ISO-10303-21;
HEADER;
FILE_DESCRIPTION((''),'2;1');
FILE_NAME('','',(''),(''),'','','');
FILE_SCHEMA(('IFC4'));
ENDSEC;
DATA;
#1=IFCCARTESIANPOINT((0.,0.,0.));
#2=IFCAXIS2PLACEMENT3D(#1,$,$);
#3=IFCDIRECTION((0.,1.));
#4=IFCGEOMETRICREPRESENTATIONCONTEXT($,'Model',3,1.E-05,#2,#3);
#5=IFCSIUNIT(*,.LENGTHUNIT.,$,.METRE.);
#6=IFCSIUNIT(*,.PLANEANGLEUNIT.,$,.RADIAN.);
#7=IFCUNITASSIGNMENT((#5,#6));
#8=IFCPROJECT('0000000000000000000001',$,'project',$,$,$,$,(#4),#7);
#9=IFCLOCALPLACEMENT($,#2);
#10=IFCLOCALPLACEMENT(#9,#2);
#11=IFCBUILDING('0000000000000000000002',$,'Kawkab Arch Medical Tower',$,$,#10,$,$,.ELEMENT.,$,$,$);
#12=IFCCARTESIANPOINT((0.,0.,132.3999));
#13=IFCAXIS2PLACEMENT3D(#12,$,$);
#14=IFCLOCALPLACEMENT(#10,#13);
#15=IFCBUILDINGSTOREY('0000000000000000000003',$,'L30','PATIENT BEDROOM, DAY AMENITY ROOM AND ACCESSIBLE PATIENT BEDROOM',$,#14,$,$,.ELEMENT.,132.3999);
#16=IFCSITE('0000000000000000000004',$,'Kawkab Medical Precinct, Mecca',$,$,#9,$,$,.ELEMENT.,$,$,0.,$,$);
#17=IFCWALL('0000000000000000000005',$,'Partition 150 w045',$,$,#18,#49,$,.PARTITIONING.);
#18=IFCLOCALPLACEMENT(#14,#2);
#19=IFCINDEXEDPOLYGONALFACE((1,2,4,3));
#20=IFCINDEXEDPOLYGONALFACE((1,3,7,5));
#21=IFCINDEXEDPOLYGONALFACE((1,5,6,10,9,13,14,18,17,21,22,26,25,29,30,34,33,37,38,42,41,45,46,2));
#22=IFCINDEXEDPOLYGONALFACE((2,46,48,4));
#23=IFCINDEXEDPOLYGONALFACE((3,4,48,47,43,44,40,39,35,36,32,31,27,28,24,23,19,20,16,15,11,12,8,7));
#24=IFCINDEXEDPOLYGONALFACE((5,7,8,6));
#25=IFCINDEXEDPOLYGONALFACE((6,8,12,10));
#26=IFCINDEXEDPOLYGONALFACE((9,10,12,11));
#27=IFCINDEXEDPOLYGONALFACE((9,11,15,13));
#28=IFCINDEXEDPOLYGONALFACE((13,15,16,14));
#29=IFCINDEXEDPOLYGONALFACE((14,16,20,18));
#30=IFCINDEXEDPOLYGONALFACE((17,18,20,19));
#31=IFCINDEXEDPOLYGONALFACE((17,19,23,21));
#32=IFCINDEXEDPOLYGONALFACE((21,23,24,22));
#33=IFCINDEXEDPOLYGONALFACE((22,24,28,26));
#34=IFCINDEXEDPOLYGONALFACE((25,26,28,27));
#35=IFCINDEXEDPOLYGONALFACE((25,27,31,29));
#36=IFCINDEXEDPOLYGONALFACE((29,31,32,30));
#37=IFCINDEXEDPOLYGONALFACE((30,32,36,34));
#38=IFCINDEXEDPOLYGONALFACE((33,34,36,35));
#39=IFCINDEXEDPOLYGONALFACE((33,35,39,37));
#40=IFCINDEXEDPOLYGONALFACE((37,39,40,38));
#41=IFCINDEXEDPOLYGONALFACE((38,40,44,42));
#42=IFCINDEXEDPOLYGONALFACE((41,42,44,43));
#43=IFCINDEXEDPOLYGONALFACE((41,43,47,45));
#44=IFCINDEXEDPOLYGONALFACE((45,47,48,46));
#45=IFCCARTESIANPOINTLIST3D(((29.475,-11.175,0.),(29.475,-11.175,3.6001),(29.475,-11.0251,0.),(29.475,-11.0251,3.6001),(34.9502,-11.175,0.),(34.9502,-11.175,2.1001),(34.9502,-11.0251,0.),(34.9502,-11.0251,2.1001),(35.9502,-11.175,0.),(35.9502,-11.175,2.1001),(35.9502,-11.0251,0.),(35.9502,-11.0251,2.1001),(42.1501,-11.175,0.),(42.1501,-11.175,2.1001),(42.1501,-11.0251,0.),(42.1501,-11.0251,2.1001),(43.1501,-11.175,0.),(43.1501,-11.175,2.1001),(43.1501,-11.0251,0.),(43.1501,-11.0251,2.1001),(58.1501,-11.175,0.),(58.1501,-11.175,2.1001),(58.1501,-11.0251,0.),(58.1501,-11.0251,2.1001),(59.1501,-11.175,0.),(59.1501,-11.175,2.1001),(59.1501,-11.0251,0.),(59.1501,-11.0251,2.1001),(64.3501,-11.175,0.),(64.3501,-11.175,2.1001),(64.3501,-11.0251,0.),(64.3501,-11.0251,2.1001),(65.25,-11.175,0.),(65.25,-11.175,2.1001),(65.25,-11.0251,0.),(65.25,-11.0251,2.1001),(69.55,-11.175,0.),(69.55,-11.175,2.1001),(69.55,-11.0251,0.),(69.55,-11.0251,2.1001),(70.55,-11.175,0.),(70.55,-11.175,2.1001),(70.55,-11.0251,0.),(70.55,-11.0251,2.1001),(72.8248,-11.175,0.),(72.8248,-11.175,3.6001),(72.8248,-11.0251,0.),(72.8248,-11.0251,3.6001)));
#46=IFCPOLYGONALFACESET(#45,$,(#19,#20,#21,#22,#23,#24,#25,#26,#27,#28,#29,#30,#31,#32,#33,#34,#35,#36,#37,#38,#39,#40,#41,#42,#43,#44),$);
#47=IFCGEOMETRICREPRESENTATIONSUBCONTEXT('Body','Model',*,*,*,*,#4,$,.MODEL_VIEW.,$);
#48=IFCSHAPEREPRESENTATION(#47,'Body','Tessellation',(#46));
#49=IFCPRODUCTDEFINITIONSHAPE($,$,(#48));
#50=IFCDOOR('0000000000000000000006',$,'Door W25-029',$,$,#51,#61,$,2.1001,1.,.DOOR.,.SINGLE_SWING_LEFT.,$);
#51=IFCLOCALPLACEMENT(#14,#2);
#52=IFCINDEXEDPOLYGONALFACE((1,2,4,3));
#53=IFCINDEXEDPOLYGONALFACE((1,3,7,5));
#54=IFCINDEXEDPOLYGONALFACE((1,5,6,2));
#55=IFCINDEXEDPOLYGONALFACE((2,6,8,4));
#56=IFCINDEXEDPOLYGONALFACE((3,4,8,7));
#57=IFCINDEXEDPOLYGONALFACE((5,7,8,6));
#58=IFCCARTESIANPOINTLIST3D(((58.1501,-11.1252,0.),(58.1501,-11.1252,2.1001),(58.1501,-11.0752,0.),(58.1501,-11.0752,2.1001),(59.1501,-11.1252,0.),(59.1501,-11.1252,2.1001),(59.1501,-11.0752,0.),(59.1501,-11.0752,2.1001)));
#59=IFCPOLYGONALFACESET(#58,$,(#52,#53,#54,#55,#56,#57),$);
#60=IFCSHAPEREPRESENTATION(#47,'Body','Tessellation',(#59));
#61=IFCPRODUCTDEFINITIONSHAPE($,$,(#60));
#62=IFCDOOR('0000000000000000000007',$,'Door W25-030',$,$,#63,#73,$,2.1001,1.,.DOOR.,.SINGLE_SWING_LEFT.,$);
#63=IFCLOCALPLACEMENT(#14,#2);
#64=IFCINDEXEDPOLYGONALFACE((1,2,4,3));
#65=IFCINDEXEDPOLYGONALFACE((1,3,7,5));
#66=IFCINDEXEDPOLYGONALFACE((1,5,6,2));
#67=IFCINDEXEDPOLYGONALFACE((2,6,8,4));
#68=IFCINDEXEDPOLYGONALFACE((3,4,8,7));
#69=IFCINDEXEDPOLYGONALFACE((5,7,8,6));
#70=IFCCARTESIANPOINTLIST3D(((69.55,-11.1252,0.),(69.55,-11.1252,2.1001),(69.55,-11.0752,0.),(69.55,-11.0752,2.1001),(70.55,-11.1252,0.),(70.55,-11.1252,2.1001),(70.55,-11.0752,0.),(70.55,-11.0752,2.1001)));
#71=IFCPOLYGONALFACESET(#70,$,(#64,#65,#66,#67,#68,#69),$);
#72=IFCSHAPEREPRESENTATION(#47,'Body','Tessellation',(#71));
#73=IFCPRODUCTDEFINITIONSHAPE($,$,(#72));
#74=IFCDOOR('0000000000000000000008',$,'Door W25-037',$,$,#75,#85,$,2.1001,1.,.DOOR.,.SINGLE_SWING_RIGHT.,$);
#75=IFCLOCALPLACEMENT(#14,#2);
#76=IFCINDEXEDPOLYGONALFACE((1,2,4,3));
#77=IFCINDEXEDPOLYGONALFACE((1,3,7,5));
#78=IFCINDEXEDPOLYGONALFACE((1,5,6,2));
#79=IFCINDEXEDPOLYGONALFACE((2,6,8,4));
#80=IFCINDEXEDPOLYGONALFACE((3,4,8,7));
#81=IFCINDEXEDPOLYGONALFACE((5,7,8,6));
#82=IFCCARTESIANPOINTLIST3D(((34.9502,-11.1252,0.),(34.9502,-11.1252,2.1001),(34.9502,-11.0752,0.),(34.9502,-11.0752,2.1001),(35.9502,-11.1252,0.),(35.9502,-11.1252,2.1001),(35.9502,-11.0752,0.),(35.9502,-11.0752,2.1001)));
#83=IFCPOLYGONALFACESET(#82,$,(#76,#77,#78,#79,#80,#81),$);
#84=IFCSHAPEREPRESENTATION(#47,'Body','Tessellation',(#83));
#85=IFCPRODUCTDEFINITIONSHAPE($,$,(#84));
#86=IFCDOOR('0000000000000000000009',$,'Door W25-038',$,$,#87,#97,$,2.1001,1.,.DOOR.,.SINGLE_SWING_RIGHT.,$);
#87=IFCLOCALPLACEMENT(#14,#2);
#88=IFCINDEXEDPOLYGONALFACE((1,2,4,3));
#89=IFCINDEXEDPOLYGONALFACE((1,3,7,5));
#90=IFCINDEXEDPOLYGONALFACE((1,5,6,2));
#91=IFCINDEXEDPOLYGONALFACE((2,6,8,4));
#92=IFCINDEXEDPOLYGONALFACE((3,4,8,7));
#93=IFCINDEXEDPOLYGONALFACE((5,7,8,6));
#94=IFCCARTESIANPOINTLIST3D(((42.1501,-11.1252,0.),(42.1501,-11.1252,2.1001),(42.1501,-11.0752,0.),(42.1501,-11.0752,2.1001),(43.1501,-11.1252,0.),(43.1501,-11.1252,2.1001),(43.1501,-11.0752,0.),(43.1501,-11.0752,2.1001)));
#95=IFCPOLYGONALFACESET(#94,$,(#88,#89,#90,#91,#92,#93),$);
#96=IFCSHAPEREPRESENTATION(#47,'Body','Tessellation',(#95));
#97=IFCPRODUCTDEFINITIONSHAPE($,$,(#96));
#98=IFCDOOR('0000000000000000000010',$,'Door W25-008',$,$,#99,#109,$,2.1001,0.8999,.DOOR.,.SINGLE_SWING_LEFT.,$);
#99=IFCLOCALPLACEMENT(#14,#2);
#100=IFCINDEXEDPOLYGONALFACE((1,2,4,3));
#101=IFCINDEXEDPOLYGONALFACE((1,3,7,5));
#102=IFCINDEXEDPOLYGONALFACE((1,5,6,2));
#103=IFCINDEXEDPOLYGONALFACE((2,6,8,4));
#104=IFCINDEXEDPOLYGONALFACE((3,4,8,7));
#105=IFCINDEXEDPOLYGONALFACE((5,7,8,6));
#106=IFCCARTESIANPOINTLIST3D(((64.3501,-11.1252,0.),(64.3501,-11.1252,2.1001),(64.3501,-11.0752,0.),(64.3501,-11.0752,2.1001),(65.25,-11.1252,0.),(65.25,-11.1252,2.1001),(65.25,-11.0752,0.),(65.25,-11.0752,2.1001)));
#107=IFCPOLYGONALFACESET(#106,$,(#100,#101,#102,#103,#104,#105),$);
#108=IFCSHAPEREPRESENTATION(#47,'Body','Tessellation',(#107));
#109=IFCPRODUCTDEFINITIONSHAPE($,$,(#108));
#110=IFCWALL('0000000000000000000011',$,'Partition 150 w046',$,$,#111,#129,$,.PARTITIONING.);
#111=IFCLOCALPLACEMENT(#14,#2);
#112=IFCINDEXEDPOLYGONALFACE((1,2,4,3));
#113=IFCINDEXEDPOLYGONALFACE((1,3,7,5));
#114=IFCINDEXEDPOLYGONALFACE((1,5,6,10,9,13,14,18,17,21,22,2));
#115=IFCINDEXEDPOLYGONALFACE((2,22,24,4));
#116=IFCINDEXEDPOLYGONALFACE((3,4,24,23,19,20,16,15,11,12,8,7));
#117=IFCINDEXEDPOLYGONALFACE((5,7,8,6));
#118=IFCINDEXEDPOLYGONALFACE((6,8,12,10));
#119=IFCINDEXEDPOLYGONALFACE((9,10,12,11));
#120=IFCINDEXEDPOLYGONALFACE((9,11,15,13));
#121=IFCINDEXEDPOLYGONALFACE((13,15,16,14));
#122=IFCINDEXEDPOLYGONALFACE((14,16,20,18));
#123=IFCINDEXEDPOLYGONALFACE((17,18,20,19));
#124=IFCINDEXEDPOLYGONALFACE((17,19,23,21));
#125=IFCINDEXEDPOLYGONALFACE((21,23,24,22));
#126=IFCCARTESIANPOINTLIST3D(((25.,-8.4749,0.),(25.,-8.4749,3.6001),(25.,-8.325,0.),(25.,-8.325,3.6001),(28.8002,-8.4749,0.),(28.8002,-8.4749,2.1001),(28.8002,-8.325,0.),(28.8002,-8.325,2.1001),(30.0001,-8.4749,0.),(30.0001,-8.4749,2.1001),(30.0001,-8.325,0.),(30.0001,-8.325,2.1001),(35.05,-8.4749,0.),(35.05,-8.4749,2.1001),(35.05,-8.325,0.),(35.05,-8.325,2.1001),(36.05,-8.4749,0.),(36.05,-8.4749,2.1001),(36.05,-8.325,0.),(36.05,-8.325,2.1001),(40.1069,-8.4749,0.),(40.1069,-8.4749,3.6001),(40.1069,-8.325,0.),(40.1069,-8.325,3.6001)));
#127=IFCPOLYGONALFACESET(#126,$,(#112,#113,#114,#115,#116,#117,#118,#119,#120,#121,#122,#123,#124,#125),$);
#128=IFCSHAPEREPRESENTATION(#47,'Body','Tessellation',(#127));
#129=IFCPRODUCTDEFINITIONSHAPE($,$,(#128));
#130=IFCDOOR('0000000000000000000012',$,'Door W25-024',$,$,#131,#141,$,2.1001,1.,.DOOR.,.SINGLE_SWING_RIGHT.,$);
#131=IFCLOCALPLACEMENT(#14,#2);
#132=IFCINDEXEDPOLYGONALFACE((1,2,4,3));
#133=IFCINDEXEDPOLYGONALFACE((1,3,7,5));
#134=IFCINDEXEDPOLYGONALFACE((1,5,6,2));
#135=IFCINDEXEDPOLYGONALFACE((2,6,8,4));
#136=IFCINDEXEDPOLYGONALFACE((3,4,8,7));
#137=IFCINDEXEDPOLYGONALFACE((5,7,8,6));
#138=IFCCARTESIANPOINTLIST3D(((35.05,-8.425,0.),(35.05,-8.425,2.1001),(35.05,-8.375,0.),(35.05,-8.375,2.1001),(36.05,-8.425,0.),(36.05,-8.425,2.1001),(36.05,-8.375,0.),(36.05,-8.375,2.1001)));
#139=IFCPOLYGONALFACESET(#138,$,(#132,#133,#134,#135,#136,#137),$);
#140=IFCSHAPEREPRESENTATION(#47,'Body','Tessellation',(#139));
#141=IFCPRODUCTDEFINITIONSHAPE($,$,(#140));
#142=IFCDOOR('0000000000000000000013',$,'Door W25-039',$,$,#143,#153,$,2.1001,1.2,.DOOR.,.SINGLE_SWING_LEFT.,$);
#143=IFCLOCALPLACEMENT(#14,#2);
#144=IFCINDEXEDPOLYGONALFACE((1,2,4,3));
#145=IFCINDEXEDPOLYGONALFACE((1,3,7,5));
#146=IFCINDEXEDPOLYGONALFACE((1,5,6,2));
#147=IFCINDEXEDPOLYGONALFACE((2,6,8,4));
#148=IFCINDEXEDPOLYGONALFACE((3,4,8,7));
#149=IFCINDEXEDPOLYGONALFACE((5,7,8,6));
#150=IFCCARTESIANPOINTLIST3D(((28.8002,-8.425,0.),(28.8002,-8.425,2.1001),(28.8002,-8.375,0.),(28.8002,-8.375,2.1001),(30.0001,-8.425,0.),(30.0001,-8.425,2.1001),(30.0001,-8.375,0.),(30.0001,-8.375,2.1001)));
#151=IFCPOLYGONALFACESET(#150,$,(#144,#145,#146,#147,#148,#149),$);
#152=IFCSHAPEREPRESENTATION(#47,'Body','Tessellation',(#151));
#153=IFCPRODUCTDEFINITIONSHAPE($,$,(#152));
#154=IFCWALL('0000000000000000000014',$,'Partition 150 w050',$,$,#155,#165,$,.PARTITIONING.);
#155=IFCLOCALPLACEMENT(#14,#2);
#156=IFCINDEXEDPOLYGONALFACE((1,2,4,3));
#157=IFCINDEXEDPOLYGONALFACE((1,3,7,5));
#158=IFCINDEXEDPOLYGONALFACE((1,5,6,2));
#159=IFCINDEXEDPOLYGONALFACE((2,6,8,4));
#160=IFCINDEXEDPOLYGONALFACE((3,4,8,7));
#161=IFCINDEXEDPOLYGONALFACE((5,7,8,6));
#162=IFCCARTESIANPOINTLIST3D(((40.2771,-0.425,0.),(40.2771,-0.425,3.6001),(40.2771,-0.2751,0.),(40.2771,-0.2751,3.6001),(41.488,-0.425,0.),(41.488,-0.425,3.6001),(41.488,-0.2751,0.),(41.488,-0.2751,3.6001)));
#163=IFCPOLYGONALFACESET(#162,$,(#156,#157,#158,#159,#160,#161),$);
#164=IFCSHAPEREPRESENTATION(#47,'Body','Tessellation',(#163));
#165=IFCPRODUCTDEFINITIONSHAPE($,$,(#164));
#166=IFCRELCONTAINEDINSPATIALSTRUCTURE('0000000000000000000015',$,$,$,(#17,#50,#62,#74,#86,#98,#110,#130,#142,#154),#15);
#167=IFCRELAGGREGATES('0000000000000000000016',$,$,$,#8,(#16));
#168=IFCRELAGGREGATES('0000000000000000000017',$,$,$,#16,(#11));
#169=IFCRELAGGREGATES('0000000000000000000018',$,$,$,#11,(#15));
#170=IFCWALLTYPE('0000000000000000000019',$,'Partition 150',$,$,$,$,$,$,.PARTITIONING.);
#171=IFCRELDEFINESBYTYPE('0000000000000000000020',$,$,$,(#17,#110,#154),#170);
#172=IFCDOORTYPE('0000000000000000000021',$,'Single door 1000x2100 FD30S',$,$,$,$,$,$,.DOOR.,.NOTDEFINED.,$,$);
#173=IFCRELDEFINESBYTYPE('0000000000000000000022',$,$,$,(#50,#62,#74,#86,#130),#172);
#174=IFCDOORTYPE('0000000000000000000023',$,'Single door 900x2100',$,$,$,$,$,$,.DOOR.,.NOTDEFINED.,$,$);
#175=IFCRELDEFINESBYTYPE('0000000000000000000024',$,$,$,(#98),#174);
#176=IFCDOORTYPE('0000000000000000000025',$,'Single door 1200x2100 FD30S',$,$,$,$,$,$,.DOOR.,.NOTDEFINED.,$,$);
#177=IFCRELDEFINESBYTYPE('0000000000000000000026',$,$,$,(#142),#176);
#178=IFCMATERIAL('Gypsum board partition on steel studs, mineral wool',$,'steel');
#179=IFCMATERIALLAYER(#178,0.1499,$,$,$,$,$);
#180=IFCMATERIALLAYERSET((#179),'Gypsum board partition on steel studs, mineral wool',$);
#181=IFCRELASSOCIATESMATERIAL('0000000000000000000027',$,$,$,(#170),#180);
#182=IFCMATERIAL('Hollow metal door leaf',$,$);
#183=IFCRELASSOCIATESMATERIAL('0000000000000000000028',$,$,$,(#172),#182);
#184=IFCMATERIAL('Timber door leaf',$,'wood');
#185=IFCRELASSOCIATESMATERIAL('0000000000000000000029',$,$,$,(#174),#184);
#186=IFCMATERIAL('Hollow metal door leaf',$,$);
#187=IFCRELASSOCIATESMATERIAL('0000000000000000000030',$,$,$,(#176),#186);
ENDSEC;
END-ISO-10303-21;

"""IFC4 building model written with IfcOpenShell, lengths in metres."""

from ifc_helpers import new_model, si_unit, direction, frame, frame_2d, origin, place, context, subcontext, project, spatial, rectangle, extrude, material, layer, layer_set, type_object, element, fill, save


model = new_model("IFC4")

# Units and contexts
model_context = context("Model", 3, precision=1e-05, world=origin(), true_north=direction((0.0, 1.0)))
body_context = subcontext(model_context, "Body", "Model", "MODEL_VIEW")
ifc_project = project(units=[si_unit("LENGTHUNIT", "METRE"), si_unit("PLANEANGLEUNIT", "RADIAN")], contexts=[model_context])

# Site, building, storey
site_placement = place(None, origin())
site = spatial("IfcSite", under=ifc_project, at=site_placement, Name="Kawkab Medical Precinct, Mecca", CompositionType="ELEMENT", RefElevation=0.0)
building_placement = place(site_placement, origin())
building = spatial("IfcBuilding", under=site, at=building_placement, Name="Kawkab Arch Medical Tower", CompositionType="ELEMENT")
storey_placement = place(building_placement, frame((0.0, 0.0, 132.3999)))
storey = spatial("IfcBuildingStorey", under=building, at=storey_placement, Name="L30", Description="PATIENT BEDROOM, DAY AMENITY ROOM AND ACCESSIBLE PATIENT BEDROOM", CompositionType="ELEMENT", Elevation=132.3999)

# Shared definitions
ifc_material_1 = material(Name="Gypsum board partition on steel studs, mineral wool", Category="steel")
ifc_layer = layer(ifc_material_1, 0.1499)
ifc_layer_set = layer_set([ifc_layer], Name="Gypsum board partition on steel studs, mineral wool")
wall_type = type_object("IfcWallType", Name="Partition 150", PredefinedType="PARTITIONING", material=ifc_layer_set)
ifc_material_2 = material(Name="Hollow metal door leaf")
door_type_1 = type_object("IfcDoorType", Name="Single door 1000x2100 FD30S", OperationType="NOTDEFINED", PredefinedType="DOOR", material=ifc_material_2)

# Walls, openings, doors
wall_1_placement = place(storey_placement, frame((29.4751, -11.1001, 0.0), z_axis=(0.0, 0.0, 1.0), x_axis=(1.0, 0.0, 0.0)))
wall_1 = element("IfcWall", 1, at=wall_1_placement, inside=storey, type_object=wall_type, Name="Partition 150 w045", PredefinedType="PARTITIONING", context=body_context, shape_type="SweptSolid", body=[
    extrude(rectangle(XDim=43.3499, YDim=0.1499, at=frame_2d((21.6748, 0.0))), origin(), (0.0, 0.0, 1.0), 3.6001),
])
opening_1_placement = place(wall_1_placement, frame((28.675, 0.0, 0.0)))
opening_1 = element("IfcOpeningElement", 2, at=opening_1_placement, cuts=wall_1, PredefinedType="OPENING", context=body_context, shape_type="SweptSolid", body=[
    extrude(rectangle(XDim=1.0, YDim=2.1001, at=frame_2d((0.5, 1.05))), frame((0.0, 0.085, 0.0), z_axis=(0.0, -1.0, 0.0), x_axis=(1.0, 0.0, 0.0)), (0.0, 0.0, 1.0), 0.1699),
])
opening_2_placement = place(wall_1_placement, frame((34.875, 0.0, 0.0)))
opening_2 = element("IfcOpeningElement", 3, at=opening_2_placement, cuts=wall_1, PredefinedType="OPENING", context=body_context, shape_type="SweptSolid", body=[
    extrude(rectangle(XDim=0.8999, YDim=2.1001, at=frame_2d((0.45, 1.05))), frame((0.0, 0.085, 0.0), z_axis=(0.0, -1.0, 0.0), x_axis=(1.0, 0.0, 0.0)), (0.0, 0.0, 1.0), 0.1699),
])
opening_3_placement = place(wall_1_placement, frame((40.075, 0.0, 0.0)))
opening_3 = element("IfcOpeningElement", 4, at=opening_3_placement, cuts=wall_1, PredefinedType="OPENING", context=body_context, shape_type="SweptSolid", body=[
    extrude(rectangle(XDim=1.0, YDim=2.1001, at=frame_2d((0.5, 1.05))), frame((0.0, 0.085, 0.0), z_axis=(0.0, -1.0, 0.0), x_axis=(1.0, 0.0, 0.0)), (0.0, 0.0, 1.0), 0.1699),
])
opening_4_placement = place(wall_1_placement, frame((5.4751, 0.0, 0.0)))
opening_4 = element("IfcOpeningElement", 5, at=opening_4_placement, cuts=wall_1, PredefinedType="OPENING", context=body_context, shape_type="SweptSolid", body=[
    extrude(rectangle(XDim=1.0, YDim=2.1001, at=frame_2d((0.5, 1.05))), frame((0.0, 0.085, 0.0), z_axis=(0.0, -1.0, 0.0), x_axis=(1.0, 0.0, 0.0)), (0.0, 0.0, 1.0), 0.1699),
])
opening_5_placement = place(wall_1_placement, frame((12.675, 0.0, 0.0)))
opening_5 = element("IfcOpeningElement", 6, at=opening_5_placement, cuts=wall_1, PredefinedType="OPENING", context=body_context, shape_type="SweptSolid", body=[
    extrude(rectangle(XDim=1.0, YDim=2.1001, at=frame_2d((0.5, 1.05))), frame((0.0, 0.085, 0.0), z_axis=(0.0, -1.0, 0.0), x_axis=(1.0, 0.0, 0.0)), (0.0, 0.0, 1.0), 0.1699),
])
door_1_placement = place(opening_1_placement, origin())
door_1 = element("IfcDoor", 7, at=door_1_placement, inside=storey, type_object=door_type_1, Name="Door W25-029", OperationType="SINGLE_SWING_LEFT", OverallHeight=2.1001, OverallWidth=1.0, PredefinedType="DOOR", context=body_context, shape_type="SweptSolid", body=[
    extrude(rectangle(XDim=1.0, YDim=2.1001, at=frame_2d((0.5, 1.05))), frame((0.0, 0.0249, 0.0), z_axis=(0.0, -1.0, 0.0), x_axis=(1.0, 0.0, 0.0)), (0.0, 0.0, 1.0), 0.05),
])
fill(opening_1, door_1)
door_2_placement = place(opening_3_placement, origin())
door_2 = element("IfcDoor", 8, at=door_2_placement, inside=storey, type_object=door_type_1, Name="Door W25-030", OperationType="SINGLE_SWING_LEFT", OverallHeight=2.1001, OverallWidth=1.0, PredefinedType="DOOR", context=body_context, shape_type="SweptSolid", body=[
    extrude(rectangle(XDim=1.0, YDim=2.1001, at=frame_2d((0.5, 1.05))), frame((0.0, 0.0249, 0.0), z_axis=(0.0, -1.0, 0.0), x_axis=(1.0, 0.0, 0.0)), (0.0, 0.0, 1.0), 0.05),
])
fill(opening_3, door_2)
door_3_placement = place(opening_4_placement, origin())
door_3 = element("IfcDoor", 9, at=door_3_placement, inside=storey, type_object=door_type_1, Name="Door W25-037", OperationType="SINGLE_SWING_RIGHT", OverallHeight=2.1001, OverallWidth=1.0, PredefinedType="DOOR", context=body_context, shape_type="SweptSolid", body=[
    extrude(rectangle(XDim=1.0, YDim=2.1001, at=frame_2d((0.5, 1.05))), frame((0.0, 0.0249, 0.0), z_axis=(0.0, -1.0, 0.0), x_axis=(1.0, 0.0, 0.0)), (0.0, 0.0, 1.0), 0.05),
])
fill(opening_4, door_3)
door_4_placement = place(opening_5_placement, origin())
door_4 = element("IfcDoor", 10, at=door_4_placement, inside=storey, type_object=door_type_1, Name="Door W25-038", OperationType="SINGLE_SWING_RIGHT", OverallHeight=2.1001, OverallWidth=1.0, PredefinedType="DOOR", context=body_context, shape_type="SweptSolid", body=[
    extrude(rectangle(XDim=1.0, YDim=2.1001, at=frame_2d((0.5, 1.05))), frame((0.0, 0.0249, 0.0), z_axis=(0.0, -1.0, 0.0), x_axis=(1.0, 0.0, 0.0)), (0.0, 0.0, 1.0), 0.05),
])
fill(opening_5, door_4)
ifc_material_3 = material(Name="Timber door leaf", Category="wood")
door_type_2 = type_object("IfcDoorType", Name="Single door 900x2100", OperationType="NOTDEFINED", PredefinedType="DOOR", material=ifc_material_3)
door_5_placement = place(opening_2_placement, origin())
door_5 = element("IfcDoor", 11, at=door_5_placement, inside=storey, type_object=door_type_2, Name="Door W25-008", OperationType="SINGLE_SWING_LEFT", OverallHeight=2.1001, OverallWidth=0.8999, PredefinedType="DOOR", context=body_context, shape_type="SweptSolid", body=[
    extrude(rectangle(XDim=0.8999, YDim=2.1001, at=frame_2d((0.45, 1.05))), frame((0.0, 0.0249, 0.0), z_axis=(0.0, -1.0, 0.0), x_axis=(1.0, 0.0, 0.0)), (0.0, 0.0, 1.0), 0.05),
])
fill(opening_2, door_5)
wall_2_placement = place(storey_placement, frame((25.0, -8.3999, 0.0), z_axis=(0.0, 0.0, 1.0), x_axis=(1.0, 0.0, 0.0)))
wall_2 = element("IfcWall", 12, at=wall_2_placement, inside=storey, type_object=wall_type, Name="Partition 150 w046", PredefinedType="PARTITIONING", context=body_context, shape_type="SweptSolid", body=[
    extrude(rectangle(XDim=15.1069, YDim=0.1499, at=frame_2d((7.5535, 0.0))), origin(), (0.0, 0.0, 1.0), 3.6001),
])
opening_6_placement = place(wall_2_placement, frame((3.8, 0.0, 0.0)))
opening_6 = element("IfcOpeningElement", 13, at=opening_6_placement, cuts=wall_2, PredefinedType="OPENING", context=body_context, shape_type="SweptSolid", body=[
    extrude(rectangle(XDim=1.2, YDim=2.1001, at=frame_2d((0.6001, 1.05))), frame((0.0, 0.085, 0.0), z_axis=(0.0, -1.0, 0.0), x_axis=(1.0, 0.0, 0.0)), (0.0, 0.0, 1.0), 0.1699),
])
opening_7_placement = place(wall_2_placement, frame((10.05, 0.0, 0.0)))
opening_7 = element("IfcOpeningElement", 14, at=opening_7_placement, cuts=wall_2, PredefinedType="OPENING", context=body_context, shape_type="SweptSolid", body=[
    extrude(rectangle(XDim=1.0, YDim=2.1001, at=frame_2d((0.5, 1.05))), frame((0.0, 0.085, 0.0), z_axis=(0.0, -1.0, 0.0), x_axis=(1.0, 0.0, 0.0)), (0.0, 0.0, 1.0), 0.1699),
])
door_6_placement = place(opening_7_placement, origin())
door_6 = element("IfcDoor", 15, at=door_6_placement, inside=storey, type_object=door_type_1, Name="Door W25-024", OperationType="SINGLE_SWING_RIGHT", OverallHeight=2.1001, OverallWidth=1.0, PredefinedType="DOOR", context=body_context, shape_type="SweptSolid", body=[
    extrude(rectangle(XDim=1.0, YDim=2.1001, at=frame_2d((0.5, 1.05))), frame((0.0, 0.0249, 0.0), z_axis=(0.0, -1.0, 0.0), x_axis=(1.0, 0.0, 0.0)), (0.0, 0.0, 1.0), 0.05),
])
fill(opening_7, door_6)
ifc_material_4 = material(Name="Hollow metal door leaf")
door_type_3 = type_object("IfcDoorType", Name="Single door 1200x2100 FD30S", OperationType="NOTDEFINED", PredefinedType="DOOR", material=ifc_material_4)
door_7_placement = place(opening_6_placement, origin())
door_7 = element("IfcDoor", 16, at=door_7_placement, inside=storey, type_object=door_type_3, Name="Door W25-039", OperationType="SINGLE_SWING_LEFT", OverallHeight=2.1001, OverallWidth=1.2, PredefinedType="DOOR", context=body_context, shape_type="SweptSolid", body=[
    extrude(rectangle(XDim=1.2, YDim=2.1001, at=frame_2d((0.6001, 1.05))), frame((0.0, 0.0249, 0.0), z_axis=(0.0, -1.0, 0.0), x_axis=(1.0, 0.0, 0.0)), (0.0, 0.0, 1.0), 0.05),
])
fill(opening_6, door_7)

# Wall
wall_3_placement = place(storey_placement, frame((40.2771, -0.3501, 0.0), z_axis=(0.0, 0.0, 1.0), x_axis=(1.0, 0.0, 0.0)))
element("IfcWall", 17, at=wall_3_placement, inside=storey, type_object=wall_type, Name="Partition 150 w050", PredefinedType="PARTITIONING", context=body_context, shape_type="SweptSolid", body=[
    extrude(rectangle(XDim=1.2109, YDim=0.1499, at=frame_2d((0.6055, 0.0))), origin(), (0.0, 0.0, 1.0), 3.6001),
])

save(model, "model.ifc")
